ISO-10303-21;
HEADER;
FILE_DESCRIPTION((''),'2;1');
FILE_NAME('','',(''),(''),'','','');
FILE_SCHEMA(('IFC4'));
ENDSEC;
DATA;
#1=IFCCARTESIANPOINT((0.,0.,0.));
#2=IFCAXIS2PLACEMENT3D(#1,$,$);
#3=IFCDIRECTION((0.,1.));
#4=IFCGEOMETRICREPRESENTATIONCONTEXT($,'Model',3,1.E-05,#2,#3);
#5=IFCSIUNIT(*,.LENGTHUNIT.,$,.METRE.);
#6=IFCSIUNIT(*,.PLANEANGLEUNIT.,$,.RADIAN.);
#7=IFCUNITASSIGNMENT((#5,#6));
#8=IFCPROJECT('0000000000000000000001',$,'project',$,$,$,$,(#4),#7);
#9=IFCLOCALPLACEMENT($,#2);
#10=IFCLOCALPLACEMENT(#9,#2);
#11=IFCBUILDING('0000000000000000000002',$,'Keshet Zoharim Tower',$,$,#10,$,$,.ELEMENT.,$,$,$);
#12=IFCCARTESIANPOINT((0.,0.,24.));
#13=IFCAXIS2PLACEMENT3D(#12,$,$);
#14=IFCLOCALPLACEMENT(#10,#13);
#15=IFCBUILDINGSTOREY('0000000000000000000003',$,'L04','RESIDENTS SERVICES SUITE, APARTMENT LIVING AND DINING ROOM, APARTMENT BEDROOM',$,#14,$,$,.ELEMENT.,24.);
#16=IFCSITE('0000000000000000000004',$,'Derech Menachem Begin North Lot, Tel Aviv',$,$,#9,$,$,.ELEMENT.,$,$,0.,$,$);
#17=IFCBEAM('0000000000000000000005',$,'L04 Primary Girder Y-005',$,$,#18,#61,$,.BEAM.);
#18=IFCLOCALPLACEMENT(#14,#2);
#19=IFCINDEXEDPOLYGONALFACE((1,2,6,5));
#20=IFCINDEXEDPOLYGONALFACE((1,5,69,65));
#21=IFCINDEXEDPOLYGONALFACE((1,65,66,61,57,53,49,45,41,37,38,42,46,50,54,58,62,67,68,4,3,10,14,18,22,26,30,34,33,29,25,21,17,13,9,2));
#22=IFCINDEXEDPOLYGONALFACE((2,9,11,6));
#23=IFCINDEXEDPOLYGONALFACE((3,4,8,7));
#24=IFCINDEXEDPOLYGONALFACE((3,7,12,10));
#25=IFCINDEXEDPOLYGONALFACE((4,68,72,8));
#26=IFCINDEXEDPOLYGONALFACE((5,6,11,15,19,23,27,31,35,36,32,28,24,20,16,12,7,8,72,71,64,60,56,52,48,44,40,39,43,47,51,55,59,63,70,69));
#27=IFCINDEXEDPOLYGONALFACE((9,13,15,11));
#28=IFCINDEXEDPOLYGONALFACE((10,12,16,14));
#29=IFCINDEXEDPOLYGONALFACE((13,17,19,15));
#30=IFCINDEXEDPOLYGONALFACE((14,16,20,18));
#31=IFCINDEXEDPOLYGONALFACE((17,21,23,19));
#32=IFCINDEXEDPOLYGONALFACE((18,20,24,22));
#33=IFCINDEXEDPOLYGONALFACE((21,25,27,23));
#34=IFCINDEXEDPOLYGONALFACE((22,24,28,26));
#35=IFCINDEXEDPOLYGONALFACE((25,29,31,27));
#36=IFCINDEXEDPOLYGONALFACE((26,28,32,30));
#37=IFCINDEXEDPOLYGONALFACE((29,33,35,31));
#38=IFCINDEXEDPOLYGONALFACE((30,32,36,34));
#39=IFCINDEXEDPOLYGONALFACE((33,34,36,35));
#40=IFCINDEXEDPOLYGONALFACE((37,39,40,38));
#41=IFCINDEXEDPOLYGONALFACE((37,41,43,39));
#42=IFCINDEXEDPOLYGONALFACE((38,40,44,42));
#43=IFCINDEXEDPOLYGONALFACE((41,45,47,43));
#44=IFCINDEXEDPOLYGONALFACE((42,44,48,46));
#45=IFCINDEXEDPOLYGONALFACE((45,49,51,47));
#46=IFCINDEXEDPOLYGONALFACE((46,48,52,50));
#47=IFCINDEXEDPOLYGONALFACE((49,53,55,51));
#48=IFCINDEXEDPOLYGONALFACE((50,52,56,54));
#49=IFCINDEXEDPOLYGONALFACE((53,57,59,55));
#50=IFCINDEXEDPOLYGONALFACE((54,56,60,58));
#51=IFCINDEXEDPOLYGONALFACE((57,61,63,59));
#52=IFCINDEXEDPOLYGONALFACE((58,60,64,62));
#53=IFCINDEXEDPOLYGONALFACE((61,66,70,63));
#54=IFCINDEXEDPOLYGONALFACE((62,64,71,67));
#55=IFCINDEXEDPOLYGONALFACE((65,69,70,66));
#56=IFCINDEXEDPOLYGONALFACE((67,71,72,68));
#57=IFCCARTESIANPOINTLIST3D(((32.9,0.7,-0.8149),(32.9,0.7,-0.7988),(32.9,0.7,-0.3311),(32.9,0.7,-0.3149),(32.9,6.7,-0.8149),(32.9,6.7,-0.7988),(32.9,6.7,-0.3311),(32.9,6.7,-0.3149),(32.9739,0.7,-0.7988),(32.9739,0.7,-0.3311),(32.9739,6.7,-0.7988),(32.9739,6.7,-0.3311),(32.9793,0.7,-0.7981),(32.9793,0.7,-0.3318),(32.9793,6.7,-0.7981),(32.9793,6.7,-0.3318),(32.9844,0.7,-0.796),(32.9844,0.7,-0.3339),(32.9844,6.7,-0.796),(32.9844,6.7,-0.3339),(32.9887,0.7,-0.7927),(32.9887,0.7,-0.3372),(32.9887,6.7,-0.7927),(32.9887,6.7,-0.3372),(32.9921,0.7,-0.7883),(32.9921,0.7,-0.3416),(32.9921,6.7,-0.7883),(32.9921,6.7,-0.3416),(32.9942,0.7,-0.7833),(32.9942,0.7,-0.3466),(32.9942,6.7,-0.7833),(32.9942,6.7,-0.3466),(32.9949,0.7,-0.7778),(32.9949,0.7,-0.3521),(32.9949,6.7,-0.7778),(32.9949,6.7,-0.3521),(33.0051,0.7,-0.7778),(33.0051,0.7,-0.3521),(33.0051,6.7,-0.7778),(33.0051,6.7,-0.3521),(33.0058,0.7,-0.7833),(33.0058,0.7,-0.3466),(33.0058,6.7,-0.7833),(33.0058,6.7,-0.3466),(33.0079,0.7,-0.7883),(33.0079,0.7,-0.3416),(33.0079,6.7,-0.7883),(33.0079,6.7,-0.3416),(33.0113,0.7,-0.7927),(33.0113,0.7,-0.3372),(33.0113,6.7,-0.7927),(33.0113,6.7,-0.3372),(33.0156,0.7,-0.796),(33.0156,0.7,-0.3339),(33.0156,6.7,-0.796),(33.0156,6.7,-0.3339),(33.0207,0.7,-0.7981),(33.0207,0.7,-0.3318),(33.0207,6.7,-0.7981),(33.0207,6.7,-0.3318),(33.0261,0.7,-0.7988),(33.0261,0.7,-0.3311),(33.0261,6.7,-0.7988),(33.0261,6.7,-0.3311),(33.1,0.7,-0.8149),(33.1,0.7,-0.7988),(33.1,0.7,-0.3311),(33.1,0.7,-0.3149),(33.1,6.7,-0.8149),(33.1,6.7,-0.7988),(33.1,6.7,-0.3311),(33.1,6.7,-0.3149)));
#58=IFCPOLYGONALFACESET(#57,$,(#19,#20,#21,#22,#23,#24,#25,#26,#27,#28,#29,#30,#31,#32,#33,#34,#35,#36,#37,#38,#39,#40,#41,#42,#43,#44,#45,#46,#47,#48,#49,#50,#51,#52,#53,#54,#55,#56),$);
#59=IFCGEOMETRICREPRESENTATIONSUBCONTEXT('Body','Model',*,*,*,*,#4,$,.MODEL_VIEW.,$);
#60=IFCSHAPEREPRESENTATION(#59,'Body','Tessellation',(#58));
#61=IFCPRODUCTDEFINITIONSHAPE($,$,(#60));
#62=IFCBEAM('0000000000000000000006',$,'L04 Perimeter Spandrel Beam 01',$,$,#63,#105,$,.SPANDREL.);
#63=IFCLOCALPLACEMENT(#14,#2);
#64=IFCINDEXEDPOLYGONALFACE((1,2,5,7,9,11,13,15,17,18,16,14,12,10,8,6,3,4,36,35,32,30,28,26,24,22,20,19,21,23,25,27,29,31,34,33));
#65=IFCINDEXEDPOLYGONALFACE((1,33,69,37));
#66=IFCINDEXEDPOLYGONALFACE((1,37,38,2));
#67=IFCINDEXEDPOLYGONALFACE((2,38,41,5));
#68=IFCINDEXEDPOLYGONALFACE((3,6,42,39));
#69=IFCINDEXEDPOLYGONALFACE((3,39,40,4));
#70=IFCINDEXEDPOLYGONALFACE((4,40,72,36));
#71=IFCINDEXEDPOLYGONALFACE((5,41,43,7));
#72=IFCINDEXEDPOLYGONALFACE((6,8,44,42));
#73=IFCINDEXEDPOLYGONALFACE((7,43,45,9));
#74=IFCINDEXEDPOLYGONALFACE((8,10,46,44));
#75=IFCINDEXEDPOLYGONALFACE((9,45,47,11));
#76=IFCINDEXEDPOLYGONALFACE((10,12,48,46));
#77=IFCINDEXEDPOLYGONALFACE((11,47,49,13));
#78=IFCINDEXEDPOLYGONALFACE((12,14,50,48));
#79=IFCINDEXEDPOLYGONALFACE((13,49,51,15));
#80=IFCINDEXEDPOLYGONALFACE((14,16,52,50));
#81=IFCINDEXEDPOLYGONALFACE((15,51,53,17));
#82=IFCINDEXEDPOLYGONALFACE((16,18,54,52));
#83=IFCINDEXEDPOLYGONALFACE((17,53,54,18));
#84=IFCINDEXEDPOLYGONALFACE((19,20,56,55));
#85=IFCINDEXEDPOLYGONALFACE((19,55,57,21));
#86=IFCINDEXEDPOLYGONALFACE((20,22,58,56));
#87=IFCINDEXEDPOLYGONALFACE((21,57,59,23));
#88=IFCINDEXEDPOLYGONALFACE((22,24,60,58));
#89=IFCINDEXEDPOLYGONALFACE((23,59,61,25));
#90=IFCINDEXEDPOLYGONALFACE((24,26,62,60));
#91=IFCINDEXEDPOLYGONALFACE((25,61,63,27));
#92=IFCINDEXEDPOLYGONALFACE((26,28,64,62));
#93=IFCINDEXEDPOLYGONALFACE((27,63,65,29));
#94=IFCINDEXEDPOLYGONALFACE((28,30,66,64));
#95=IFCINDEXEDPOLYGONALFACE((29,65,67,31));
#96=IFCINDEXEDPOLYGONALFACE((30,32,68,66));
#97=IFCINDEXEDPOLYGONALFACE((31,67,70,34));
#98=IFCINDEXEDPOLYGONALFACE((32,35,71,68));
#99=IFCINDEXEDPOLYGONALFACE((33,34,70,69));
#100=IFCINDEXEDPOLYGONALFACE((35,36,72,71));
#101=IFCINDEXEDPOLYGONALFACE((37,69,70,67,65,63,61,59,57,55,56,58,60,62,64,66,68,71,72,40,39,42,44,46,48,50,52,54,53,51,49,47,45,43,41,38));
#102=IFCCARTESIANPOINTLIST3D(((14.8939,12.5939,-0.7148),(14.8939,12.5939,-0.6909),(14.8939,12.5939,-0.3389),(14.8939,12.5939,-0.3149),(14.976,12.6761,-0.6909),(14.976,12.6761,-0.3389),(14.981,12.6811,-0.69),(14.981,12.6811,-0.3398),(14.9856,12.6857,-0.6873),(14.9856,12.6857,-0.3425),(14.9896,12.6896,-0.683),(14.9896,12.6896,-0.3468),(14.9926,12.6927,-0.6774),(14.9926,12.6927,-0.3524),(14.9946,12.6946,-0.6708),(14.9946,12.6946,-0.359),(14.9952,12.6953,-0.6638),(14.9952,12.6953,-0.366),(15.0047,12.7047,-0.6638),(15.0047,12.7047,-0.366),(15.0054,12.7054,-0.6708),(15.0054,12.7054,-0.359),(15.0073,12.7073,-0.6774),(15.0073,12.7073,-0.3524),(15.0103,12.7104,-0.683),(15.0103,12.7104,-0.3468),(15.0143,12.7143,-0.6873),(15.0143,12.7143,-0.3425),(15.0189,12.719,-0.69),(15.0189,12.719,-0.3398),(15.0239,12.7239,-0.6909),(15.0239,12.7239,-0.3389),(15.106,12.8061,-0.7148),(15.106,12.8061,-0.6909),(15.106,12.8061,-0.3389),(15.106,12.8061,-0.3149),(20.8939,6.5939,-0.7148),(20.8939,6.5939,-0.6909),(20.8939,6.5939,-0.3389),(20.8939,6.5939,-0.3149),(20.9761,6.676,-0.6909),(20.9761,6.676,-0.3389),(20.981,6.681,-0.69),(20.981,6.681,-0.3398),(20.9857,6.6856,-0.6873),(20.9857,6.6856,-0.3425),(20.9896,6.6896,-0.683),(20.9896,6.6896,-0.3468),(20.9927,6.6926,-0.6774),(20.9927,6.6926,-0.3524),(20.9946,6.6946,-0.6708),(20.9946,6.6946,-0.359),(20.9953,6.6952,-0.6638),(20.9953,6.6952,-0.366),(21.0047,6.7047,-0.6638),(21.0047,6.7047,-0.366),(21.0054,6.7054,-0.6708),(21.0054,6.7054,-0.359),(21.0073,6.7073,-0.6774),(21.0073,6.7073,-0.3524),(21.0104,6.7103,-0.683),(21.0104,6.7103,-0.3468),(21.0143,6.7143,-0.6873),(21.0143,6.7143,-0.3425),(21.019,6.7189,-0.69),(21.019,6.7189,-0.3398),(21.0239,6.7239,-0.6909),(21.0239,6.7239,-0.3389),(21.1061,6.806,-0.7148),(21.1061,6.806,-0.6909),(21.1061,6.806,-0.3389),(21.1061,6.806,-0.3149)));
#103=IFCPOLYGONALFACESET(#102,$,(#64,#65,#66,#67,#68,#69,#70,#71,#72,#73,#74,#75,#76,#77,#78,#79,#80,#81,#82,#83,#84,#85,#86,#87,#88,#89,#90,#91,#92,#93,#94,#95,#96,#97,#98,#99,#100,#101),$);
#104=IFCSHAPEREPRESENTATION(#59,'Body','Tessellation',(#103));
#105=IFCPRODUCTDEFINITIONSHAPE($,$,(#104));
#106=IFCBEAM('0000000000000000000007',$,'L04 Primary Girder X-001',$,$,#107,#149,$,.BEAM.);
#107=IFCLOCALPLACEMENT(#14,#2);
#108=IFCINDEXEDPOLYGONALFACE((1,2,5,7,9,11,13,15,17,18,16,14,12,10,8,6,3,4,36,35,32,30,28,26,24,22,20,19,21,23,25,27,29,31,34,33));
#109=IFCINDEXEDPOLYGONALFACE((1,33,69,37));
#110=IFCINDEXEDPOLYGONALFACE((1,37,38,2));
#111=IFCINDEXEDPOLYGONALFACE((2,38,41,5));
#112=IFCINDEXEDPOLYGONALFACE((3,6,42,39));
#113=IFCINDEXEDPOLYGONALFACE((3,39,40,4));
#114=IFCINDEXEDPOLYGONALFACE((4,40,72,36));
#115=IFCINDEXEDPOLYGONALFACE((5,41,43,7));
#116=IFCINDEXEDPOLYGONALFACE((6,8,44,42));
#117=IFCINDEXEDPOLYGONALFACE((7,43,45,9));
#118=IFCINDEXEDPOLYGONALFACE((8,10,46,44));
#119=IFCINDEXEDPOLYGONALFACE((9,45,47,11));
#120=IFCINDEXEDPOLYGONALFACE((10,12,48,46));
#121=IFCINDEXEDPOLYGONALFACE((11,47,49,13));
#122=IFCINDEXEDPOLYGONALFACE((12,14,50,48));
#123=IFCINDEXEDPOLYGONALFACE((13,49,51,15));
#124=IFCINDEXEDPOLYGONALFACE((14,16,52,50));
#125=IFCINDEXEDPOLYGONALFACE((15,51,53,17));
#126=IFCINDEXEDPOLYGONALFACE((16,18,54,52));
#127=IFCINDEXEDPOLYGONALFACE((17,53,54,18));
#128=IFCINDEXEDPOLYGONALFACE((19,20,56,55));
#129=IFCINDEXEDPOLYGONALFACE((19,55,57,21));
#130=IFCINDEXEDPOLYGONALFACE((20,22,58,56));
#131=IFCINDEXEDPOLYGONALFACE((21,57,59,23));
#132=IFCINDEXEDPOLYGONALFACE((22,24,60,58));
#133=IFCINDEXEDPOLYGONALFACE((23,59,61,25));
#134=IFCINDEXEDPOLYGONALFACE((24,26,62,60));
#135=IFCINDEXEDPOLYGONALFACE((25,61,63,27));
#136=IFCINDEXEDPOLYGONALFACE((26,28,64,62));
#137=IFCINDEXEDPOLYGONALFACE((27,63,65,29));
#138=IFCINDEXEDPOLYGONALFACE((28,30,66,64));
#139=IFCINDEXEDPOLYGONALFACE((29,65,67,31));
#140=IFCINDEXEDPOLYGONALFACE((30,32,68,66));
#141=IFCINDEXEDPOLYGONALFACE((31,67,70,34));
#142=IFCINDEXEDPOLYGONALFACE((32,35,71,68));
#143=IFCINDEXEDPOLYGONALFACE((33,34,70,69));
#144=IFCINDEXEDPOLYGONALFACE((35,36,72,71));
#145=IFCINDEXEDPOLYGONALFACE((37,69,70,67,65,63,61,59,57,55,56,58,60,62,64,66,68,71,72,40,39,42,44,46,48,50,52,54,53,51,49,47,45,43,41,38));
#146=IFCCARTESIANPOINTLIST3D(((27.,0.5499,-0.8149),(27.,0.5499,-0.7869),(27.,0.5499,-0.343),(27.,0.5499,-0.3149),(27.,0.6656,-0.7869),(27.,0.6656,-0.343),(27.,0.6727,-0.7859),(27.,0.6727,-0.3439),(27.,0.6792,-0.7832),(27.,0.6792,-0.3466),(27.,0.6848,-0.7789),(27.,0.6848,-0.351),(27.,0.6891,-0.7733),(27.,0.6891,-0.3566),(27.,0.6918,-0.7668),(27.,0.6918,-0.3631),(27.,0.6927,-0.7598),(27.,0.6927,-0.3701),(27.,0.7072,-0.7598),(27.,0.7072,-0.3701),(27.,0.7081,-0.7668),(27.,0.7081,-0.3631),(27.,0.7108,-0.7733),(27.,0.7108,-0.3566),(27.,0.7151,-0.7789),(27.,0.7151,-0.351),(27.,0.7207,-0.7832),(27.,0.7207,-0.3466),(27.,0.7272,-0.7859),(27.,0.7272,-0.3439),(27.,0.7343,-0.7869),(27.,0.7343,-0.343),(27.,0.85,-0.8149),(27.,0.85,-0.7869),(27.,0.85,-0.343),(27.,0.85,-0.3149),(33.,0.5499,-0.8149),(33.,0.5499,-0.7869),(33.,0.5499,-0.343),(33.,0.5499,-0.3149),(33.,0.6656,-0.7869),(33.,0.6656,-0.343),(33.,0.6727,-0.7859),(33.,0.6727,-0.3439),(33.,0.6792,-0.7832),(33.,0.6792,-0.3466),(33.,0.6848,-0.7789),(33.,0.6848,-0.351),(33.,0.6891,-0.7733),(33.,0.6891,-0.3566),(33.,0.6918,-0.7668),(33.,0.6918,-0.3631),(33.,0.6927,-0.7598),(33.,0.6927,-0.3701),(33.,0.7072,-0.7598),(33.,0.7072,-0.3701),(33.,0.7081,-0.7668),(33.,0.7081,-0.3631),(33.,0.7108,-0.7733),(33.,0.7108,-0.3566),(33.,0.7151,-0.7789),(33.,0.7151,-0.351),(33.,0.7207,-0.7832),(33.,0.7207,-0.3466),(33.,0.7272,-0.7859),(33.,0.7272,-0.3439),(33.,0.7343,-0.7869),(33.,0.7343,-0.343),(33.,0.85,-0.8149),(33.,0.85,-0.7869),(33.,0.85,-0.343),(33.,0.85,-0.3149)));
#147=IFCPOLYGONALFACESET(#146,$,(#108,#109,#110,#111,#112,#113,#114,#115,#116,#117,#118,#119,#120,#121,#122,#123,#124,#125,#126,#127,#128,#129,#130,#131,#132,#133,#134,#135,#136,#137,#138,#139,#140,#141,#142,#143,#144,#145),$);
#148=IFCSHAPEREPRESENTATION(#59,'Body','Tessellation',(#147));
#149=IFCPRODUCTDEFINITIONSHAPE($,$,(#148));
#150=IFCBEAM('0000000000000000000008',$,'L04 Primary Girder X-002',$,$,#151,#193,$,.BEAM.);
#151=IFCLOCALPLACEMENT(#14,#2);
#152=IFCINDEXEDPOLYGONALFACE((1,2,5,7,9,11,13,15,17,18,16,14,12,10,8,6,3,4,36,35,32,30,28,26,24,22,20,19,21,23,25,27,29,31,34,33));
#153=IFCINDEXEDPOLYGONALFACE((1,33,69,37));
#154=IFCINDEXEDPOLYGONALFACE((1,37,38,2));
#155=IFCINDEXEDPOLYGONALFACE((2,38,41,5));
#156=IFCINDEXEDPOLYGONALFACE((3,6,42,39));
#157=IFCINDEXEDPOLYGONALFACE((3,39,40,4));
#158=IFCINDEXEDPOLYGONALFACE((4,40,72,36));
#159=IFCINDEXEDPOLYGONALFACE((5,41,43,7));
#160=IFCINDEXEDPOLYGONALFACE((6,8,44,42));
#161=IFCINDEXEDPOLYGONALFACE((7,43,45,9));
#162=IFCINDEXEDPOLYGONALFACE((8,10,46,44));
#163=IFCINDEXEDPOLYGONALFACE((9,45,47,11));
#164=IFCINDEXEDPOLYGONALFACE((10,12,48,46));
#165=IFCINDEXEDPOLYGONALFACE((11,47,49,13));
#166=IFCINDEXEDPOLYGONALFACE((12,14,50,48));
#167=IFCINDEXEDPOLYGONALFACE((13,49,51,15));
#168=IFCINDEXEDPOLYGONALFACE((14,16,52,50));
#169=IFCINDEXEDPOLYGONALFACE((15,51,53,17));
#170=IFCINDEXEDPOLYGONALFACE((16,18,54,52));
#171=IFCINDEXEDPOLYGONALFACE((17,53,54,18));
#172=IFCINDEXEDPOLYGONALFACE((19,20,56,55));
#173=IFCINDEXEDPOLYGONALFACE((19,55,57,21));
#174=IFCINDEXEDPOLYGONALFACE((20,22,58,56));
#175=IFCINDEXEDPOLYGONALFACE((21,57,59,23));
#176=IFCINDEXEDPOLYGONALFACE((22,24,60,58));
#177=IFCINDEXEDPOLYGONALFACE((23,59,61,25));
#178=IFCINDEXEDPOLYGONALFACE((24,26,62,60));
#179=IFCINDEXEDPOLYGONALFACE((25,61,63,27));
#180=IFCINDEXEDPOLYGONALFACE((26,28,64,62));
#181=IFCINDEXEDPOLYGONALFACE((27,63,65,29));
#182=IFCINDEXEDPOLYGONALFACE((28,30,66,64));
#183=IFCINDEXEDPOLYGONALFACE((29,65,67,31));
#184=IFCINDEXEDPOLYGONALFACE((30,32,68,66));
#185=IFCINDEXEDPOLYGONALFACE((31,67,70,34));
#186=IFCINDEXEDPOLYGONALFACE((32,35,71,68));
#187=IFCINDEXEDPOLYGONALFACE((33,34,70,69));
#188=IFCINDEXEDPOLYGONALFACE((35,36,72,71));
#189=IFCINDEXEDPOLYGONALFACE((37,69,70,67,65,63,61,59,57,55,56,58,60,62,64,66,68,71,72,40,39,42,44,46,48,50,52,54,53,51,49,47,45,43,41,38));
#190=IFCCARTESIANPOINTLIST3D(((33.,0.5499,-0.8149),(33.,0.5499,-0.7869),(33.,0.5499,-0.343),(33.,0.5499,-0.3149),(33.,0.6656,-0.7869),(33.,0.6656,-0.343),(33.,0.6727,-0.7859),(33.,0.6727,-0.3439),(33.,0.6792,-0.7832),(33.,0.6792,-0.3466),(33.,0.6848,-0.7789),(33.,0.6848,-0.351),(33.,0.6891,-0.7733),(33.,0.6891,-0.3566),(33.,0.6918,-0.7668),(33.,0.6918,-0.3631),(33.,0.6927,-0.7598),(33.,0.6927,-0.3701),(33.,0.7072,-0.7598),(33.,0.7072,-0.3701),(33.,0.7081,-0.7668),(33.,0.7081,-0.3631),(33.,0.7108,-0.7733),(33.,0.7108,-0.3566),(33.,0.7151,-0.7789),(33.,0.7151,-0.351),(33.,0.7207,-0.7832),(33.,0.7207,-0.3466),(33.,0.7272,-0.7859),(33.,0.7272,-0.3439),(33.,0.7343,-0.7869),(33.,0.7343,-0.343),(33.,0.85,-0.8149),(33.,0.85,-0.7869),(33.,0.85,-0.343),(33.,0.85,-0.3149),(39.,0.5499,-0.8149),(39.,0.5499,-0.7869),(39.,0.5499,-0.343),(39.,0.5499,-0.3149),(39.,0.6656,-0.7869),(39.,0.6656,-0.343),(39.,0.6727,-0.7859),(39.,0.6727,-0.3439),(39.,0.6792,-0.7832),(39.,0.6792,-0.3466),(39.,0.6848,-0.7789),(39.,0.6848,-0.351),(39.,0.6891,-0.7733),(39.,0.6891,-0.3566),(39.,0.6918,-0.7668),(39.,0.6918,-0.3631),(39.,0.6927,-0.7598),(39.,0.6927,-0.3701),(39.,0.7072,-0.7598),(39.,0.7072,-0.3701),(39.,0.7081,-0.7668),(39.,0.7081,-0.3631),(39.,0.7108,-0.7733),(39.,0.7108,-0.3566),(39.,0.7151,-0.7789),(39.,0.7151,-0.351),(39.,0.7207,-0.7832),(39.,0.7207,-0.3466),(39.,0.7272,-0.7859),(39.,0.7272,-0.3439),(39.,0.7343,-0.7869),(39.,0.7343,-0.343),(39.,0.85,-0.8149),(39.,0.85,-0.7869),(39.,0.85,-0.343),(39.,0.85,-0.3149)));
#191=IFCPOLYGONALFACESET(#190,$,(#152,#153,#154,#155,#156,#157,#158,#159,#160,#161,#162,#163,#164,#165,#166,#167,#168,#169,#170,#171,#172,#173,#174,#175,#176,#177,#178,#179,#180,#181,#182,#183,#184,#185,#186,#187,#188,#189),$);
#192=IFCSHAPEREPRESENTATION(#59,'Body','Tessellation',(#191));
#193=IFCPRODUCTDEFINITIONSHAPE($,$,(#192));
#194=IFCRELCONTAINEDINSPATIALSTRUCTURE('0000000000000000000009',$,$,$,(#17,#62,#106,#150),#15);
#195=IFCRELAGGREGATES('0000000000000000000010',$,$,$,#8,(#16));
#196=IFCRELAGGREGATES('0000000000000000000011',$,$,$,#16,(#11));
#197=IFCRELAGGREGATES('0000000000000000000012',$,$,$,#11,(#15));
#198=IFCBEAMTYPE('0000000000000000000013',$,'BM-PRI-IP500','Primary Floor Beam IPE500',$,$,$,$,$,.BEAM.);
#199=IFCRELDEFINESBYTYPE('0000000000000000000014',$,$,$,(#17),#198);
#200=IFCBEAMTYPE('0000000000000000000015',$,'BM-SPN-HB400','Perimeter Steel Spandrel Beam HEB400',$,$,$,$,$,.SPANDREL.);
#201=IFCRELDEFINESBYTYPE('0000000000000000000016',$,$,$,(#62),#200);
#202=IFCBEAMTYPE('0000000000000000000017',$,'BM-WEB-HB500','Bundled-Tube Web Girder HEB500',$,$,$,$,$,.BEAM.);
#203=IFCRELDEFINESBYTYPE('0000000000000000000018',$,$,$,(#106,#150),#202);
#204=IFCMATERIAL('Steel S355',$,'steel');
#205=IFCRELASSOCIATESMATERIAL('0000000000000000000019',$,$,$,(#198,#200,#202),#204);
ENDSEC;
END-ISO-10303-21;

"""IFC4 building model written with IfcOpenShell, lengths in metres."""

from ifc_helpers import new_model, si_unit, direction, frame, origin, origin_2d, place, context, subcontext, project, spatial, i_section, extrude, material, material_profile, profile_set, type_object, element, save


model = new_model("IFC4")

# Units and contexts
model_context = context("Model", 3, precision=1e-05, world=origin(), true_north=direction((0.0, 1.0)))
body_context = subcontext(model_context, "Body", "Model", "MODEL_VIEW")
ifc_project = project(units=[si_unit("LENGTHUNIT", "METRE"), si_unit("PLANEANGLEUNIT", "RADIAN")], contexts=[model_context])

# Site, building, storey
site_placement = place(None, origin())
site = spatial("IfcSite", under=ifc_project, at=site_placement, Name="Derech Menachem Begin North Lot, Tel Aviv", CompositionType="ELEMENT", RefElevation=0.0)
building_placement = place(site_placement, origin())
building = spatial("IfcBuilding", under=site, at=building_placement, Name="Keshet Zoharim Tower", CompositionType="ELEMENT")
storey_placement = place(building_placement, frame((0.0, 0.0, 24.0)))
storey = spatial("IfcBuildingStorey", under=building, at=storey_placement, Name="L04", Description="RESIDENTS SERVICES SUITE, APARTMENT LIVING AND DINING ROOM, APARTMENT BEDROOM", CompositionType="ELEMENT", Elevation=24.0)

# Shared definitions
ifc_material_1 = material(Name="Steel S355", Category="steel")

# Beams
ifc_material_profile_1 = material_profile(ifc_material_1, i_section(OverallWidth=0.2, OverallDepth=0.5, WebThickness=0.0103, FlangeThickness=0.0161, FilletRadius=0.021, at=origin_2d()), Name="IPE500")
ifc_profile_set_1 = profile_set([ifc_material_profile_1], Name="Steel S355")
beam_type_1 = type_object("IfcBeamType", Name="BM-PRI-IP500", Description="Primary Floor Beam IPE500", PredefinedType="BEAM", material=ifc_profile_set_1)
for number, where, z_axis, x_axis, name in (
    (1, (33.0, 0.7, -0.5649), (0.0, 1.0, 0.0), (-1.0, 0.0, 0.0), "L04 Primary Girder Y-005"),
):
    element("IfcBeam", number, at=place(storey_placement, frame(where, z_axis=z_axis, x_axis=x_axis)), inside=storey, type_object=beam_type_1, Name=name, PredefinedType="BEAM", context=body_context, shape_type="SweptSolid", body=[
        extrude(i_section(OverallWidth=0.2, OverallDepth=0.5, WebThickness=0.0103, FlangeThickness=0.0161, FilletRadius=0.021, at=origin_2d()), origin(), (0.0, 0.0, 1.0), 6.0),
    ])
ifc_material_profile_2 = material_profile(ifc_material_1, i_section(OverallWidth=0.3, OverallDepth=0.3999, WebThickness=0.0134, FlangeThickness=0.0239, FilletRadius=0.0271, at=origin_2d()), Name="HEB400")
ifc_profile_set_2 = profile_set([ifc_material_profile_2], Name="Steel S355")
beam_type_2 = type_object("IfcBeamType", Name="BM-SPN-HB400", Description="Perimeter Steel Spandrel Beam HEB400", PredefinedType="SPANDREL", material=ifc_profile_set_2)
beam_placement = place(storey_placement, frame((21.0, 6.7, -0.5149), z_axis=(-0.707107, 0.707107, 0.0), x_axis=(-0.707107, -0.707107, 0.0)))
element("IfcBeam", 2, at=beam_placement, inside=storey, type_object=beam_type_2, Name="L04 Perimeter Spandrel Beam 01", PredefinedType="SPANDREL", context=body_context, shape_type="SweptSolid", body=[
    extrude(i_section(OverallWidth=0.3, OverallDepth=0.3999, WebThickness=0.0134, FlangeThickness=0.0239, FilletRadius=0.0271, at=origin_2d()), origin(), (0.0, 0.0, 1.0), 8.4854),
])
ifc_material_profile_3 = material_profile(ifc_material_1, i_section(OverallWidth=0.3, OverallDepth=0.5, WebThickness=0.0144, FlangeThickness=0.0281, FilletRadius=0.0271, at=origin_2d()), Name="HEB500")
ifc_profile_set_3 = profile_set([ifc_material_profile_3], Name="Steel S355")
beam_type_3 = type_object("IfcBeamType", Name="BM-WEB-HB500", Description="Bundled-Tube Web Girder HEB500", PredefinedType="BEAM", material=ifc_profile_set_3)
for number, where, z_axis, x_axis, name in (
    (3, (27.0, 0.7, -0.5649), (1.0, 0.0, 0.0), (0.0, 1.0, 0.0), "L04 Primary Girder X-001"),
    (4, (33.0, 0.7, -0.5649), (1.0, 0.0, 0.0), (0.0, 1.0, 0.0), "L04 Primary Girder X-002"),
):
    element("IfcBeam", number, at=place(storey_placement, frame(where, z_axis=z_axis, x_axis=x_axis)), inside=storey, type_object=beam_type_3, Name=name, PredefinedType="BEAM", context=body_context, shape_type="SweptSolid", body=[
        extrude(i_section(OverallWidth=0.3, OverallDepth=0.5, WebThickness=0.0144, FlangeThickness=0.0281, FilletRadius=0.0271, at=origin_2d()), origin(), (0.0, 0.0, 1.0), 6.0),
    ])

save(model, "model.ifc")
